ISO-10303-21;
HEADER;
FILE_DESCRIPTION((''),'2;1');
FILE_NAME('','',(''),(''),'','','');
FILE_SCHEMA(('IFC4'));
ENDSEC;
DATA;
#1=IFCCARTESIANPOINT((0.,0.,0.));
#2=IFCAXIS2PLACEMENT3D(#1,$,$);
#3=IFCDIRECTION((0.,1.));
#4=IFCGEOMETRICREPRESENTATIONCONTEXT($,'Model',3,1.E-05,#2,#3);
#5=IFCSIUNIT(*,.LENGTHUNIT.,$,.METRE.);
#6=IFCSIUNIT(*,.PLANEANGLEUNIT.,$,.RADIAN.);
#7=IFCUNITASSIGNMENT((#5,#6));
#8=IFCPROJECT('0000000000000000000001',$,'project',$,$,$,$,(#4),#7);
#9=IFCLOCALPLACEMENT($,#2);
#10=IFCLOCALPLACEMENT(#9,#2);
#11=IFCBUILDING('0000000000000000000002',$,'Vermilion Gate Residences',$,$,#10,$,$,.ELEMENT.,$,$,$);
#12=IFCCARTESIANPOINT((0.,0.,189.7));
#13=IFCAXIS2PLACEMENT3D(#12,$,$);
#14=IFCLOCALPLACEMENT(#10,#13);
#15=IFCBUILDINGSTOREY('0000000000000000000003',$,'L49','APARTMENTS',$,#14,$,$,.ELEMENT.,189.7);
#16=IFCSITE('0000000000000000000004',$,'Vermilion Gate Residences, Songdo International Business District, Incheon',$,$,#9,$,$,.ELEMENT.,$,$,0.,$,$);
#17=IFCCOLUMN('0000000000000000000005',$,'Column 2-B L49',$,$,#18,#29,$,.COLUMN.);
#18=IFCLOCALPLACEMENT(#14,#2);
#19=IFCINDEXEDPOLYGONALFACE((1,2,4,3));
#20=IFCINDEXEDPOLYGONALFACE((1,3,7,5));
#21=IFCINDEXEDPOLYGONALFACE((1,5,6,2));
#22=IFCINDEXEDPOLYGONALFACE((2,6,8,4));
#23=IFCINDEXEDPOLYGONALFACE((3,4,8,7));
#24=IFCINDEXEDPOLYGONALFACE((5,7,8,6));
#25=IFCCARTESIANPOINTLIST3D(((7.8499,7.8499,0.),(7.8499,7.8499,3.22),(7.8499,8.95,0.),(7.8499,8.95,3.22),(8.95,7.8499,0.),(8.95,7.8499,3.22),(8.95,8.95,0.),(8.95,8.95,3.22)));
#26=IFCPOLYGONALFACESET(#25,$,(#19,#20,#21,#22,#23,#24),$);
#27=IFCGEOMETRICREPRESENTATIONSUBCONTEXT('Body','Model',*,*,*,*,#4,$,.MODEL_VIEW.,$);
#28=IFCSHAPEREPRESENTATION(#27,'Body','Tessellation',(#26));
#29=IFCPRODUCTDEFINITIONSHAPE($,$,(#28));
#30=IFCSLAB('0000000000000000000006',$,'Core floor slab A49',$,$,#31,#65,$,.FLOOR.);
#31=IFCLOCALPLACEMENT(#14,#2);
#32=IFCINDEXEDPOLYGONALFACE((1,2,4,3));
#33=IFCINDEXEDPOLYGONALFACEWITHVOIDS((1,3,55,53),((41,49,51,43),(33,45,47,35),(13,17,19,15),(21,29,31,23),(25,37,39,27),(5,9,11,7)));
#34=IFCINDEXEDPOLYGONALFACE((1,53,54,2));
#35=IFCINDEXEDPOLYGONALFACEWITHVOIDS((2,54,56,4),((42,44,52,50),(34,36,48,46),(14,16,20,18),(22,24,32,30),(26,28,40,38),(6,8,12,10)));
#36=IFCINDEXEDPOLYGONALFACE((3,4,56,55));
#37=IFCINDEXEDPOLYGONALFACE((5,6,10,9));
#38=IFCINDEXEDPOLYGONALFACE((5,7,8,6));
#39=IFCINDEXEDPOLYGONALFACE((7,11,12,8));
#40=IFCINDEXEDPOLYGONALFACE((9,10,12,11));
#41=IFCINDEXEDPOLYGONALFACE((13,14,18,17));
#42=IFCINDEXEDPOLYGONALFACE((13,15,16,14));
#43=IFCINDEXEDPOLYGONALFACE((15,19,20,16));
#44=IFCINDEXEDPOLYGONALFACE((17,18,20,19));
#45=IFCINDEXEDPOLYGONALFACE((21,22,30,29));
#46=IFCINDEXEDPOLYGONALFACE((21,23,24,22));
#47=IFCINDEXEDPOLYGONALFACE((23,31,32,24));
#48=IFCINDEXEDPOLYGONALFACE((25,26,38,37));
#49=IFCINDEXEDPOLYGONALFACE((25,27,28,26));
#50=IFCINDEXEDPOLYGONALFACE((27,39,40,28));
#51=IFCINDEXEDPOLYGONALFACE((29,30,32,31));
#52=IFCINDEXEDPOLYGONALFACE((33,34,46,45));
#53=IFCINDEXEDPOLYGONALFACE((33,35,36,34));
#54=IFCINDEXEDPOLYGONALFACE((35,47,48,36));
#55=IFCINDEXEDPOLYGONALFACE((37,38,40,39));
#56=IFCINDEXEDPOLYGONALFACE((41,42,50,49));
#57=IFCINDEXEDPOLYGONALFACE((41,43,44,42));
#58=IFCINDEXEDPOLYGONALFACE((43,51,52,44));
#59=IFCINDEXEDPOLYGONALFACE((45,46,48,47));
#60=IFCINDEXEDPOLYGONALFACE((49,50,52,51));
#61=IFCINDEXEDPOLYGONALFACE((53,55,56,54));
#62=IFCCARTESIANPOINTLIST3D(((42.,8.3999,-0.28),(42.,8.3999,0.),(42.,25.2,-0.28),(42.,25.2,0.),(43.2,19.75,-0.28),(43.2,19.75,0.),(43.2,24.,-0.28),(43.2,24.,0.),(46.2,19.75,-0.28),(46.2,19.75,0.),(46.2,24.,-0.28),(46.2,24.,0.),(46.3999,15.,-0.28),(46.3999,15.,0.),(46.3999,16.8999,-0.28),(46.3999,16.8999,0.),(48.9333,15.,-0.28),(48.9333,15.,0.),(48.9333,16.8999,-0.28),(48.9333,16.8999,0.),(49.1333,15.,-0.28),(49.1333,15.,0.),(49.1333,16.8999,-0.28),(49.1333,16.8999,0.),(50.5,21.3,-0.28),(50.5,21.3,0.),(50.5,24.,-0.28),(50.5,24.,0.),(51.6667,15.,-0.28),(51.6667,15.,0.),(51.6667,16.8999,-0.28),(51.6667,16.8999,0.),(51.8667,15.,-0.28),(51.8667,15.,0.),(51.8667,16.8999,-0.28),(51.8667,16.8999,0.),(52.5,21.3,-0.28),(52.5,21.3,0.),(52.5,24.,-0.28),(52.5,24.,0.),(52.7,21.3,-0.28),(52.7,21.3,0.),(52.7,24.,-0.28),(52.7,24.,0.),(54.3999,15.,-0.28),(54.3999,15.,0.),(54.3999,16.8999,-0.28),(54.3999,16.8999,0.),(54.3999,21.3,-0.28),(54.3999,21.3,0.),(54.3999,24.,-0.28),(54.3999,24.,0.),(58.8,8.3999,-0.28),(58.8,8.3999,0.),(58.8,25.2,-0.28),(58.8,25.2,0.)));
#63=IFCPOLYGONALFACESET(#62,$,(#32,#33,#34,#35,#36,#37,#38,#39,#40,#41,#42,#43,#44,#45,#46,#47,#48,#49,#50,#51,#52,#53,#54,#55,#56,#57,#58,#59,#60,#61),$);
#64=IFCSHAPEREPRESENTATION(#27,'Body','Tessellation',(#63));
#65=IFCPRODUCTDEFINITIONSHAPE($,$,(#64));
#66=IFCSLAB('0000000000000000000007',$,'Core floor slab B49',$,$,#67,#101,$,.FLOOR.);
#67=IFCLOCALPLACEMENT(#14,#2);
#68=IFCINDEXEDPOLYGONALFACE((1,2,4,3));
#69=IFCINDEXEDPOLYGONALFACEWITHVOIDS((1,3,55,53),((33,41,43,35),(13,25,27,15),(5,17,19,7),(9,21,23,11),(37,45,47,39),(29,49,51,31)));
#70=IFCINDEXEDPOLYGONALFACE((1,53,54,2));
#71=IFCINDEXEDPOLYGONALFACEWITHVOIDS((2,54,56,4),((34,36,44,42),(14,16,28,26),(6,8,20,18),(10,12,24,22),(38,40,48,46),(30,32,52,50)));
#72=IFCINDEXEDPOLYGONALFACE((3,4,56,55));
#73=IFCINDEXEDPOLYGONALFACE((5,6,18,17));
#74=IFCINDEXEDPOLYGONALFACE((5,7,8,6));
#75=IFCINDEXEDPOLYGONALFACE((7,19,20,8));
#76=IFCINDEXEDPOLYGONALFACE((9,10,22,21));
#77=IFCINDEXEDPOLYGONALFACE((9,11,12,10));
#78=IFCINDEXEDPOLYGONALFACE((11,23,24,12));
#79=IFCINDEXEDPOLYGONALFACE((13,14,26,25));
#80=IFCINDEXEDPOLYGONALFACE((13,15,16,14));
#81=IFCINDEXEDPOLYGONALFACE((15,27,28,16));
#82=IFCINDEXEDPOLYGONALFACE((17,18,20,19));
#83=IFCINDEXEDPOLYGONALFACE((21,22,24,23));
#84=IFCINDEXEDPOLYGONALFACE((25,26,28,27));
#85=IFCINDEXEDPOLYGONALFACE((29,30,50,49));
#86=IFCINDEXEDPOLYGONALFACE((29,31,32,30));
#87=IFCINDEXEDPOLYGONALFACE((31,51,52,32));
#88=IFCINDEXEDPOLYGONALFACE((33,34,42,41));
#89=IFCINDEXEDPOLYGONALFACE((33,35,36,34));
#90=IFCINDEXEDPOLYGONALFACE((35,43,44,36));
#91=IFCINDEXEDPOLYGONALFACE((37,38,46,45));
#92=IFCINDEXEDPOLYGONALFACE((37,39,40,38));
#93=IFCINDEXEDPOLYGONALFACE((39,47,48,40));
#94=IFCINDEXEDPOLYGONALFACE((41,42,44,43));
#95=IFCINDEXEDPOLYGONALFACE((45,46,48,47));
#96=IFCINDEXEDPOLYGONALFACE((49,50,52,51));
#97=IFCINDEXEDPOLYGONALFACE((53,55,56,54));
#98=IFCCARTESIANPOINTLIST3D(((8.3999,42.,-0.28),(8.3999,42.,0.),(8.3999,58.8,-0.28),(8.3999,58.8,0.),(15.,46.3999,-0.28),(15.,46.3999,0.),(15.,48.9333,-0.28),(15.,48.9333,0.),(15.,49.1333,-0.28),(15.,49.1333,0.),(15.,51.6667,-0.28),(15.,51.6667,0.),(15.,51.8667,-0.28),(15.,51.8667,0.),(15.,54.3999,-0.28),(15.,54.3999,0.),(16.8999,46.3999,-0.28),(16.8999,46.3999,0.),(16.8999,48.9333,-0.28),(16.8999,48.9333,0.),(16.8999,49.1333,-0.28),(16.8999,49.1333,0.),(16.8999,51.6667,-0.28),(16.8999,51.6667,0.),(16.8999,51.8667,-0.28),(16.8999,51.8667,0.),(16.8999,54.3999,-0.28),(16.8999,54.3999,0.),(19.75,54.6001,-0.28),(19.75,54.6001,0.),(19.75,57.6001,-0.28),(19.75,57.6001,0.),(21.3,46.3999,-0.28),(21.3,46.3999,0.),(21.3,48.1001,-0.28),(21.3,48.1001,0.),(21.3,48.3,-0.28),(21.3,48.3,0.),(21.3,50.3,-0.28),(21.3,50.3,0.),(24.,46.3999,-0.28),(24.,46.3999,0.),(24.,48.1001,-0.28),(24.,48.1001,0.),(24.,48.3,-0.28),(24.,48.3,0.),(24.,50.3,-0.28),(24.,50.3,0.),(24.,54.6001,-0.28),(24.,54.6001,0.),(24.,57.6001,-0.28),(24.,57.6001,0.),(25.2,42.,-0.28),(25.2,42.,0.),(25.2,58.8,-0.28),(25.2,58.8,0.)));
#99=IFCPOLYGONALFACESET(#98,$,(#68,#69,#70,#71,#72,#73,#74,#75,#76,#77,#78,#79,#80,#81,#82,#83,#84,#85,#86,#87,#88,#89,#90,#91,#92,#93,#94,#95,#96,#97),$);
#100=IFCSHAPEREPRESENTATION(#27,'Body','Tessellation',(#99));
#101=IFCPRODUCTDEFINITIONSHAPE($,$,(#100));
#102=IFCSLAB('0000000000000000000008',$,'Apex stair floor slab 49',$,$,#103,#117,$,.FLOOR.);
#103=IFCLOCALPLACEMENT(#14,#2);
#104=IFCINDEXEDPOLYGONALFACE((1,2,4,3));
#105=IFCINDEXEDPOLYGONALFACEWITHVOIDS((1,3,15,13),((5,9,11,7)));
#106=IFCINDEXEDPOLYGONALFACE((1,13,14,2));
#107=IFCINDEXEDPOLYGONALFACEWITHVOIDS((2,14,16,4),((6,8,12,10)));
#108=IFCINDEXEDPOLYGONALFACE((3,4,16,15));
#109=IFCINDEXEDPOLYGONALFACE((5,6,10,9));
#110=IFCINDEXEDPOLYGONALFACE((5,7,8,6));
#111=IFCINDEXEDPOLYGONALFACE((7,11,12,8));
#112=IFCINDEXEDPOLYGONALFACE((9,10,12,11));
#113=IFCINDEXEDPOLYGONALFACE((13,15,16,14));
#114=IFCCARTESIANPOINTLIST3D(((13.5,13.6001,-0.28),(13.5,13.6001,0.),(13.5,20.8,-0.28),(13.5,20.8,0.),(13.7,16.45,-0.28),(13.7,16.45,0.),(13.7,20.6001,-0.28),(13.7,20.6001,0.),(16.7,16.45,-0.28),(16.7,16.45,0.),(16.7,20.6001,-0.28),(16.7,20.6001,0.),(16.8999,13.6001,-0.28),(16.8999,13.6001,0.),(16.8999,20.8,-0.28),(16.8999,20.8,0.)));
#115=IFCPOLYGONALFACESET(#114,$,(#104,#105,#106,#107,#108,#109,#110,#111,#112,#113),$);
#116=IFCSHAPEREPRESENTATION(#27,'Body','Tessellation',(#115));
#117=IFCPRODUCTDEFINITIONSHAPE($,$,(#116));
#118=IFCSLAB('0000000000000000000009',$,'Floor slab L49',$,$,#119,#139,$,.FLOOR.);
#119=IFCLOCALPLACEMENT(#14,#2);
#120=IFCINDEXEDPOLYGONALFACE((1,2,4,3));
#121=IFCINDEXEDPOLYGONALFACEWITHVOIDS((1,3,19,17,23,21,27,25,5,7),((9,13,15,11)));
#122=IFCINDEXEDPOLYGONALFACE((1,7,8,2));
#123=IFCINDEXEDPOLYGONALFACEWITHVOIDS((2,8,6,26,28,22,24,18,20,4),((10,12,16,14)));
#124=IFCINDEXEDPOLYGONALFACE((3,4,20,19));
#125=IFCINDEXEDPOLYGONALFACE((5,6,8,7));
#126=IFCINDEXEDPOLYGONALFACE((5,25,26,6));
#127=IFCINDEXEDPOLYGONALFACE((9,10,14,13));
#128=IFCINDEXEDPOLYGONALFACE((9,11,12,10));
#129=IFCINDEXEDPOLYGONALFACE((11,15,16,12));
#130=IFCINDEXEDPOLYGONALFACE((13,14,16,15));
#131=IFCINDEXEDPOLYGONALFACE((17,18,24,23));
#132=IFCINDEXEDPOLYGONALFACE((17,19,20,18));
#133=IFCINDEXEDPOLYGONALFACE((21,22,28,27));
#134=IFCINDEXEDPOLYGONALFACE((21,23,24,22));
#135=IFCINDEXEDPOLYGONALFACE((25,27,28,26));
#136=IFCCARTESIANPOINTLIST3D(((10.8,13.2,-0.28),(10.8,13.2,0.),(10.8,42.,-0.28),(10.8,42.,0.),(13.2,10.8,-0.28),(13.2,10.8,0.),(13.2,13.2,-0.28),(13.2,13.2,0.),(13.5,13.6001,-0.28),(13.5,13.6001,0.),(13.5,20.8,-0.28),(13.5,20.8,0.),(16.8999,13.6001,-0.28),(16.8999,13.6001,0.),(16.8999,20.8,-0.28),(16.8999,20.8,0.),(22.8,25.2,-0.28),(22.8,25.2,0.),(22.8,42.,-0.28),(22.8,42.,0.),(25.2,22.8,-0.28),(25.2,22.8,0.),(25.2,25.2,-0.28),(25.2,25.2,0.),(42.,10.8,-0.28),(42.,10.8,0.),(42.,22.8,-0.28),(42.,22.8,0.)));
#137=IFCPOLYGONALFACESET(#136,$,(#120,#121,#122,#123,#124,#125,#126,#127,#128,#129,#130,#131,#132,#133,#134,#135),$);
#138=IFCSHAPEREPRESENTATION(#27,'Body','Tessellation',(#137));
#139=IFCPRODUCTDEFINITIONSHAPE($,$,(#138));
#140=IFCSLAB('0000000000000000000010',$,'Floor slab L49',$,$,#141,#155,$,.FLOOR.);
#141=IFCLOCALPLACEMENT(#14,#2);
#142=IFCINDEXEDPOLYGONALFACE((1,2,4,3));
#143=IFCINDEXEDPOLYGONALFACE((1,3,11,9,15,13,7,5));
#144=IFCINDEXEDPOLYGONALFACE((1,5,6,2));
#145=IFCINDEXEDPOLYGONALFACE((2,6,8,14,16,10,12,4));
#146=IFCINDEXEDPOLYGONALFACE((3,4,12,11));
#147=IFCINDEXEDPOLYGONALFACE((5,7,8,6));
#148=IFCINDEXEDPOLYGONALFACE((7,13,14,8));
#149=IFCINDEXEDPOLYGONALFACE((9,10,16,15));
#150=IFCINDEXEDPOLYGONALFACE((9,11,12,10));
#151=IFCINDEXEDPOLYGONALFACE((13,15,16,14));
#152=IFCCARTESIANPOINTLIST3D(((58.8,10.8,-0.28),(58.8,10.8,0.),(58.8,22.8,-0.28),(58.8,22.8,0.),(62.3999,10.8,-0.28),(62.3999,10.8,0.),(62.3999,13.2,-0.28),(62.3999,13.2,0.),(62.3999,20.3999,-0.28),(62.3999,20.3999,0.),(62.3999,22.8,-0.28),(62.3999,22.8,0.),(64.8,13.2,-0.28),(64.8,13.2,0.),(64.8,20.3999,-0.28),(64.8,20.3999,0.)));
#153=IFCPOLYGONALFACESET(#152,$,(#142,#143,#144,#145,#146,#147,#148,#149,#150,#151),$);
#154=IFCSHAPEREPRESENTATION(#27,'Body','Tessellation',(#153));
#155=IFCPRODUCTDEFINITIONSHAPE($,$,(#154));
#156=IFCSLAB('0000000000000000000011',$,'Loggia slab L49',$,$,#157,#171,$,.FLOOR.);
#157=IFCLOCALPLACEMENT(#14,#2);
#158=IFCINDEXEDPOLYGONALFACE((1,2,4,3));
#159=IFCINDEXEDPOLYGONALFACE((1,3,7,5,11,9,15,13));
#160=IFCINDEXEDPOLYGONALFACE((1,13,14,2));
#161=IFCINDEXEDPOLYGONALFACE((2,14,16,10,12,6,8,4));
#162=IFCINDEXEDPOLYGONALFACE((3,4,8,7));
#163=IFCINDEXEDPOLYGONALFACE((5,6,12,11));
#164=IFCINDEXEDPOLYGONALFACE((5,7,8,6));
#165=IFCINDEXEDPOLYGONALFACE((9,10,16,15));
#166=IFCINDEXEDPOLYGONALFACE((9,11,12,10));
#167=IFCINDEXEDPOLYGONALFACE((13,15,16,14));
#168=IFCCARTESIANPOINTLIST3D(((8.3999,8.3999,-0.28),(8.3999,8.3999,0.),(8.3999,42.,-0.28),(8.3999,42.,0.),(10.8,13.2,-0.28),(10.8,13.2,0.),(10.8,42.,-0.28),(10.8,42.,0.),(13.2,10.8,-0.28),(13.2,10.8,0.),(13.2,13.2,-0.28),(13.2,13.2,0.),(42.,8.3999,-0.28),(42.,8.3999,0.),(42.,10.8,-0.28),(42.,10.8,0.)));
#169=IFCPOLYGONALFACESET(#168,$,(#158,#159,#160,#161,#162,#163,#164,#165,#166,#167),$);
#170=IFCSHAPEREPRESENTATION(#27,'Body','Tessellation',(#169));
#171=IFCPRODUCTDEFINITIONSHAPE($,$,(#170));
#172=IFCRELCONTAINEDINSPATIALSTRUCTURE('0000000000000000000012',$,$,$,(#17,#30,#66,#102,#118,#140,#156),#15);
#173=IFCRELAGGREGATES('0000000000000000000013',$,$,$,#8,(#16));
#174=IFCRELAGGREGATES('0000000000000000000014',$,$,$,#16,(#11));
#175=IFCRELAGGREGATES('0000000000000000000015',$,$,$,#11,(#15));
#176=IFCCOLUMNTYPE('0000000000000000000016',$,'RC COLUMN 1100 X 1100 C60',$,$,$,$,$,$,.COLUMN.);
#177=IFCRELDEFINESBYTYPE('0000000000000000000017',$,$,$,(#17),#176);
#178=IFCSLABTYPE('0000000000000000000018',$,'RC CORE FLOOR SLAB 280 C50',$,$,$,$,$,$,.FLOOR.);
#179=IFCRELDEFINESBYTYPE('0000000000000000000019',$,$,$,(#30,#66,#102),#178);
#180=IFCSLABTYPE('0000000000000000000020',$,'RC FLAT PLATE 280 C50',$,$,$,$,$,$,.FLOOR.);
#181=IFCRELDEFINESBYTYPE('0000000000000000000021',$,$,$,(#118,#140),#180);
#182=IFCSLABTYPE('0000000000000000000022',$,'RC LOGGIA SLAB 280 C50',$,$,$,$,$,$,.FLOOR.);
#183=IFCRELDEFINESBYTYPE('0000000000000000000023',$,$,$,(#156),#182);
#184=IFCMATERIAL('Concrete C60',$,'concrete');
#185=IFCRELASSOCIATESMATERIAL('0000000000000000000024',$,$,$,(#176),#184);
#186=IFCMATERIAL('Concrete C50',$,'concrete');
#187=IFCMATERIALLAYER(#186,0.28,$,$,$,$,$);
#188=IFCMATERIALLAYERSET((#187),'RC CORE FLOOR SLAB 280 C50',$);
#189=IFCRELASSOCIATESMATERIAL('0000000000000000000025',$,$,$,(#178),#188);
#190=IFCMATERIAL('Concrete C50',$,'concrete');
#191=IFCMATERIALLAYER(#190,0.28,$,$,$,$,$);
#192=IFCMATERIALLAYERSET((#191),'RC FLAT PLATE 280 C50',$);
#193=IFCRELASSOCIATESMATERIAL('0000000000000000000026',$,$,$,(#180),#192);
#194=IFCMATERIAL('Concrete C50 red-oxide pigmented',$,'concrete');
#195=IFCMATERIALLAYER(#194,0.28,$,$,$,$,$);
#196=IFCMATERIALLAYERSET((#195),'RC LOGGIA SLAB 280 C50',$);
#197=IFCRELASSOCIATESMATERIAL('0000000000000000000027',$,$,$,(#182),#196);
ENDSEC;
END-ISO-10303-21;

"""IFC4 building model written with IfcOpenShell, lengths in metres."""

from ifc_helpers import new_model, si_unit, direction, frame, origin, origin_2d, place, context, subcontext, project, spatial, polyline, rectangle, outline, extrude, material, layer, layer_set, material_profile, profile_set, type_object, element, save


model = new_model("IFC4")

# Units and contexts
model_context = context("Model", 3, precision=1e-05, world=origin(), true_north=direction((0.0, 1.0)))
body_context = subcontext(model_context, "Body", "Model", "MODEL_VIEW")
ifc_project = project(units=[si_unit("LENGTHUNIT", "METRE"), si_unit("PLANEANGLEUNIT", "RADIAN")], contexts=[model_context])

# Site, building, storey
site_placement = place(None, origin())
site = spatial("IfcSite", under=ifc_project, at=site_placement, Name="Vermilion Gate Residences, Songdo International Business District, Incheon", CompositionType="ELEMENT", RefElevation=0.0)
building_placement = place(site_placement, origin())
building = spatial("IfcBuilding", under=site, at=building_placement, Name="Vermilion Gate Residences", CompositionType="ELEMENT")
storey_placement = place(building_placement, frame((0.0, 0.0, 189.7)))
storey = spatial("IfcBuildingStorey", under=building, at=storey_placement, Name="L49", Description="APARTMENTS", CompositionType="ELEMENT", Elevation=189.7)

# Column
ifc_material_1 = material(Name="Concrete C60", Category="concrete")
ifc_material_profile_1 = material_profile(ifc_material_1, rectangle(XDim=1.1001, YDim=1.1001, at=origin_2d()), Name="RC-1100x1100")
ifc_profile_set_1 = profile_set([ifc_material_profile_1], Name="Concrete C60")
column_type = type_object("IfcColumnType", Name="RC COLUMN 1100 X 1100 C60", PredefinedType="COLUMN", material=ifc_profile_set_1)
column_placement = place(storey_placement, frame((8.3999, 8.3999, 0.0), z_axis=(0.0, 0.0, 1.0), x_axis=(1.0, 0.0, 0.0)))
element("IfcColumn", 1, at=column_placement, inside=storey, type_object=column_type, Name="Column 2-B L49", PredefinedType="COLUMN", context=body_context, shape_type="SweptSolid", body=[
    extrude(rectangle(XDim=1.1001, YDim=1.1001, at=origin_2d()), origin(), (0.0, 0.0, 1.0), 3.22),
])

# Slabs
ifc_material_2 = material(Name="Concrete C50", Category="concrete")
ifc_layer_1 = layer(ifc_material_2, 0.28)
ifc_layer_set_1 = layer_set([ifc_layer_1], Name="RC CORE FLOOR SLAB 280 C50")
slab_type_1 = type_object("IfcSlabType", Name="RC CORE FLOOR SLAB 280 C50", PredefinedType="FLOOR", material=ifc_layer_set_1)
slab_1_placement = place(storey_placement, frame((0.0, 0.0, -0.28)))
element("IfcSlab", 2, at=slab_1_placement, inside=storey, type_object=slab_type_1, Name="Core floor slab A49", PredefinedType="FLOOR", context=body_context, shape_type="SweptSolid", body=[
    extrude(outline(polyline([(42.0, 8.3999), (58.8, 8.3999), (58.8, 25.2), (42.0, 25.2), (42.0, 8.3999)]), holes=[polyline([(46.3999, 15.0), (46.3999, 16.8999), (48.9333, 16.8999), (48.9333, 15.0), (46.3999, 15.0)]), polyline([(49.1333, 16.8999), (51.6667, 16.8999), (51.6667, 15.0), (49.1333, 15.0), (49.1333, 16.8999)]), polyline([(51.8667, 16.8999), (54.3999, 16.8999), (54.3999, 15.0), (51.8667, 15.0), (51.8667, 16.8999)]), polyline([(43.2, 19.75), (43.2, 24.0), (46.2, 24.0), (46.2, 19.75), (43.2, 19.75)]), polyline([(50.5, 24.0), (52.5, 24.0), (52.5, 21.3), (50.5, 21.3), (50.5, 24.0)]), polyline([(52.7, 24.0), (54.3999, 24.0), (54.3999, 21.3), (52.7, 21.3), (52.7, 24.0)])]), origin(), (0.0, 0.0, 1.0), 0.28),
])
slab_2_placement = place(storey_placement, frame((0.0, 0.0, -0.28)))
element("IfcSlab", 3, at=slab_2_placement, inside=storey, type_object=slab_type_1, Name="Core floor slab B49", PredefinedType="FLOOR", context=body_context, shape_type="SweptSolid", body=[
    extrude(outline(polyline([(8.3999, 42.0), (25.2, 42.0), (25.2, 58.8), (8.3999, 58.8), (8.3999, 42.0)]), holes=[polyline([(21.3, 46.3999), (21.3, 48.1001), (24.0, 48.1001), (24.0, 46.3999), (21.3, 46.3999)]), polyline([(15.0, 48.9333), (16.8999, 48.9333), (16.8999, 46.3999), (15.0, 46.3999), (15.0, 48.9333)]), polyline([(21.3, 50.3), (24.0, 50.3), (24.0, 48.3), (21.3, 48.3), (21.3, 50.3)]), polyline([(15.0, 49.1333), (15.0, 51.6667), (16.8999, 51.6667), (16.8999, 49.1333), (15.0, 49.1333)]), polyline([(15.0, 54.3999), (16.8999, 54.3999), (16.8999, 51.8667), (15.0, 51.8667), (15.0, 54.3999)]), polyline([(19.75, 57.6001), (24.0, 57.6001), (24.0, 54.6001), (19.75, 54.6001), (19.75, 57.6001)])]), origin(), (0.0, 0.0, 1.0), 0.28),
])
slab_3_placement = place(storey_placement, frame((0.0, 0.0, -0.28)))
element("IfcSlab", 4, at=slab_3_placement, inside=storey, type_object=slab_type_1, Name="Apex stair floor slab 49", PredefinedType="FLOOR", context=body_context, shape_type="SweptSolid", body=[
    extrude(outline(polyline([(13.5, 13.6001), (16.8999, 13.6001), (16.8999, 20.8), (13.5, 20.8), (13.5, 13.6001)]), holes=[polyline([(16.7, 20.6001), (16.7, 16.45), (13.7, 16.45), (13.7, 20.6001), (16.7, 20.6001)])]), origin(), (0.0, 0.0, 1.0), 0.28),
])
ifc_material_3 = material(Name="Concrete C50", Category="concrete")
ifc_layer_2 = layer(ifc_material_3, 0.28)
ifc_layer_set_2 = layer_set([ifc_layer_2], Name="RC FLAT PLATE 280 C50")
slab_type_2 = type_object("IfcSlabType", Name="RC FLAT PLATE 280 C50", PredefinedType="FLOOR", material=ifc_layer_set_2)
slab_4_placement = place(storey_placement, frame((0.0, 0.0, -0.28)))
element("IfcSlab", 5, at=slab_4_placement, inside=storey, type_object=slab_type_2, Name="Floor slab L49", PredefinedType="FLOOR", context=body_context, shape_type="SweptSolid", body=[
    extrude(outline(polyline([(22.8, 25.2), (22.8, 42.0), (10.8, 42.0), (10.8, 13.2), (13.2, 13.2), (13.2, 10.8), (42.0, 10.8), (42.0, 22.8), (25.2, 22.8), (25.2, 25.2), (22.8, 25.2)]), holes=[polyline([(13.5, 13.6001), (13.5, 20.8), (16.8999, 20.8), (16.8999, 13.6001), (13.5, 13.6001)])]), origin(), (0.0, 0.0, 1.0), 0.28),
])
slab_5_placement = place(storey_placement, frame((0.0, 0.0, -0.28)))
element("IfcSlab", 6, at=slab_5_placement, inside=storey, type_object=slab_type_2, Name="Floor slab L49", PredefinedType="FLOOR", context=body_context, shape_type="SweptSolid", body=[
    extrude(outline(polyline([(58.8, 22.8), (58.8, 10.8), (62.3999, 10.8), (62.3999, 13.2), (64.8, 13.2), (64.8, 20.3999), (62.3999, 20.3999), (62.3999, 22.8), (58.8, 22.8)])), origin(), (0.0, 0.0, 1.0), 0.28),
])
ifc_material_4 = material(Name="Concrete C50 red-oxide pigmented", Category="concrete")
ifc_layer_3 = layer(ifc_material_4, 0.28)
ifc_layer_set_3 = layer_set([ifc_layer_3], Name="RC LOGGIA SLAB 280 C50")
slab_type_3 = type_object("IfcSlabType", Name="RC LOGGIA SLAB 280 C50", PredefinedType="FLOOR", material=ifc_layer_set_3)
slab_6_placement = place(storey_placement, frame((0.0, 0.0, -0.28)))
element("IfcSlab", 7, at=slab_6_placement, inside=storey, type_object=slab_type_3, Name="Loggia slab L49", PredefinedType="FLOOR", context=body_context, shape_type="SweptSolid", body=[
    extrude(outline(polyline([(8.3999, 42.0), (8.3999, 8.3999), (42.0, 8.3999), (42.0, 10.8), (13.2, 10.8), (13.2, 13.2), (10.8, 13.2), (10.8, 42.0), (8.3999, 42.0)])), origin(), (0.0, 0.0, 1.0), 0.28),
])

save(model, "model.ifc")
